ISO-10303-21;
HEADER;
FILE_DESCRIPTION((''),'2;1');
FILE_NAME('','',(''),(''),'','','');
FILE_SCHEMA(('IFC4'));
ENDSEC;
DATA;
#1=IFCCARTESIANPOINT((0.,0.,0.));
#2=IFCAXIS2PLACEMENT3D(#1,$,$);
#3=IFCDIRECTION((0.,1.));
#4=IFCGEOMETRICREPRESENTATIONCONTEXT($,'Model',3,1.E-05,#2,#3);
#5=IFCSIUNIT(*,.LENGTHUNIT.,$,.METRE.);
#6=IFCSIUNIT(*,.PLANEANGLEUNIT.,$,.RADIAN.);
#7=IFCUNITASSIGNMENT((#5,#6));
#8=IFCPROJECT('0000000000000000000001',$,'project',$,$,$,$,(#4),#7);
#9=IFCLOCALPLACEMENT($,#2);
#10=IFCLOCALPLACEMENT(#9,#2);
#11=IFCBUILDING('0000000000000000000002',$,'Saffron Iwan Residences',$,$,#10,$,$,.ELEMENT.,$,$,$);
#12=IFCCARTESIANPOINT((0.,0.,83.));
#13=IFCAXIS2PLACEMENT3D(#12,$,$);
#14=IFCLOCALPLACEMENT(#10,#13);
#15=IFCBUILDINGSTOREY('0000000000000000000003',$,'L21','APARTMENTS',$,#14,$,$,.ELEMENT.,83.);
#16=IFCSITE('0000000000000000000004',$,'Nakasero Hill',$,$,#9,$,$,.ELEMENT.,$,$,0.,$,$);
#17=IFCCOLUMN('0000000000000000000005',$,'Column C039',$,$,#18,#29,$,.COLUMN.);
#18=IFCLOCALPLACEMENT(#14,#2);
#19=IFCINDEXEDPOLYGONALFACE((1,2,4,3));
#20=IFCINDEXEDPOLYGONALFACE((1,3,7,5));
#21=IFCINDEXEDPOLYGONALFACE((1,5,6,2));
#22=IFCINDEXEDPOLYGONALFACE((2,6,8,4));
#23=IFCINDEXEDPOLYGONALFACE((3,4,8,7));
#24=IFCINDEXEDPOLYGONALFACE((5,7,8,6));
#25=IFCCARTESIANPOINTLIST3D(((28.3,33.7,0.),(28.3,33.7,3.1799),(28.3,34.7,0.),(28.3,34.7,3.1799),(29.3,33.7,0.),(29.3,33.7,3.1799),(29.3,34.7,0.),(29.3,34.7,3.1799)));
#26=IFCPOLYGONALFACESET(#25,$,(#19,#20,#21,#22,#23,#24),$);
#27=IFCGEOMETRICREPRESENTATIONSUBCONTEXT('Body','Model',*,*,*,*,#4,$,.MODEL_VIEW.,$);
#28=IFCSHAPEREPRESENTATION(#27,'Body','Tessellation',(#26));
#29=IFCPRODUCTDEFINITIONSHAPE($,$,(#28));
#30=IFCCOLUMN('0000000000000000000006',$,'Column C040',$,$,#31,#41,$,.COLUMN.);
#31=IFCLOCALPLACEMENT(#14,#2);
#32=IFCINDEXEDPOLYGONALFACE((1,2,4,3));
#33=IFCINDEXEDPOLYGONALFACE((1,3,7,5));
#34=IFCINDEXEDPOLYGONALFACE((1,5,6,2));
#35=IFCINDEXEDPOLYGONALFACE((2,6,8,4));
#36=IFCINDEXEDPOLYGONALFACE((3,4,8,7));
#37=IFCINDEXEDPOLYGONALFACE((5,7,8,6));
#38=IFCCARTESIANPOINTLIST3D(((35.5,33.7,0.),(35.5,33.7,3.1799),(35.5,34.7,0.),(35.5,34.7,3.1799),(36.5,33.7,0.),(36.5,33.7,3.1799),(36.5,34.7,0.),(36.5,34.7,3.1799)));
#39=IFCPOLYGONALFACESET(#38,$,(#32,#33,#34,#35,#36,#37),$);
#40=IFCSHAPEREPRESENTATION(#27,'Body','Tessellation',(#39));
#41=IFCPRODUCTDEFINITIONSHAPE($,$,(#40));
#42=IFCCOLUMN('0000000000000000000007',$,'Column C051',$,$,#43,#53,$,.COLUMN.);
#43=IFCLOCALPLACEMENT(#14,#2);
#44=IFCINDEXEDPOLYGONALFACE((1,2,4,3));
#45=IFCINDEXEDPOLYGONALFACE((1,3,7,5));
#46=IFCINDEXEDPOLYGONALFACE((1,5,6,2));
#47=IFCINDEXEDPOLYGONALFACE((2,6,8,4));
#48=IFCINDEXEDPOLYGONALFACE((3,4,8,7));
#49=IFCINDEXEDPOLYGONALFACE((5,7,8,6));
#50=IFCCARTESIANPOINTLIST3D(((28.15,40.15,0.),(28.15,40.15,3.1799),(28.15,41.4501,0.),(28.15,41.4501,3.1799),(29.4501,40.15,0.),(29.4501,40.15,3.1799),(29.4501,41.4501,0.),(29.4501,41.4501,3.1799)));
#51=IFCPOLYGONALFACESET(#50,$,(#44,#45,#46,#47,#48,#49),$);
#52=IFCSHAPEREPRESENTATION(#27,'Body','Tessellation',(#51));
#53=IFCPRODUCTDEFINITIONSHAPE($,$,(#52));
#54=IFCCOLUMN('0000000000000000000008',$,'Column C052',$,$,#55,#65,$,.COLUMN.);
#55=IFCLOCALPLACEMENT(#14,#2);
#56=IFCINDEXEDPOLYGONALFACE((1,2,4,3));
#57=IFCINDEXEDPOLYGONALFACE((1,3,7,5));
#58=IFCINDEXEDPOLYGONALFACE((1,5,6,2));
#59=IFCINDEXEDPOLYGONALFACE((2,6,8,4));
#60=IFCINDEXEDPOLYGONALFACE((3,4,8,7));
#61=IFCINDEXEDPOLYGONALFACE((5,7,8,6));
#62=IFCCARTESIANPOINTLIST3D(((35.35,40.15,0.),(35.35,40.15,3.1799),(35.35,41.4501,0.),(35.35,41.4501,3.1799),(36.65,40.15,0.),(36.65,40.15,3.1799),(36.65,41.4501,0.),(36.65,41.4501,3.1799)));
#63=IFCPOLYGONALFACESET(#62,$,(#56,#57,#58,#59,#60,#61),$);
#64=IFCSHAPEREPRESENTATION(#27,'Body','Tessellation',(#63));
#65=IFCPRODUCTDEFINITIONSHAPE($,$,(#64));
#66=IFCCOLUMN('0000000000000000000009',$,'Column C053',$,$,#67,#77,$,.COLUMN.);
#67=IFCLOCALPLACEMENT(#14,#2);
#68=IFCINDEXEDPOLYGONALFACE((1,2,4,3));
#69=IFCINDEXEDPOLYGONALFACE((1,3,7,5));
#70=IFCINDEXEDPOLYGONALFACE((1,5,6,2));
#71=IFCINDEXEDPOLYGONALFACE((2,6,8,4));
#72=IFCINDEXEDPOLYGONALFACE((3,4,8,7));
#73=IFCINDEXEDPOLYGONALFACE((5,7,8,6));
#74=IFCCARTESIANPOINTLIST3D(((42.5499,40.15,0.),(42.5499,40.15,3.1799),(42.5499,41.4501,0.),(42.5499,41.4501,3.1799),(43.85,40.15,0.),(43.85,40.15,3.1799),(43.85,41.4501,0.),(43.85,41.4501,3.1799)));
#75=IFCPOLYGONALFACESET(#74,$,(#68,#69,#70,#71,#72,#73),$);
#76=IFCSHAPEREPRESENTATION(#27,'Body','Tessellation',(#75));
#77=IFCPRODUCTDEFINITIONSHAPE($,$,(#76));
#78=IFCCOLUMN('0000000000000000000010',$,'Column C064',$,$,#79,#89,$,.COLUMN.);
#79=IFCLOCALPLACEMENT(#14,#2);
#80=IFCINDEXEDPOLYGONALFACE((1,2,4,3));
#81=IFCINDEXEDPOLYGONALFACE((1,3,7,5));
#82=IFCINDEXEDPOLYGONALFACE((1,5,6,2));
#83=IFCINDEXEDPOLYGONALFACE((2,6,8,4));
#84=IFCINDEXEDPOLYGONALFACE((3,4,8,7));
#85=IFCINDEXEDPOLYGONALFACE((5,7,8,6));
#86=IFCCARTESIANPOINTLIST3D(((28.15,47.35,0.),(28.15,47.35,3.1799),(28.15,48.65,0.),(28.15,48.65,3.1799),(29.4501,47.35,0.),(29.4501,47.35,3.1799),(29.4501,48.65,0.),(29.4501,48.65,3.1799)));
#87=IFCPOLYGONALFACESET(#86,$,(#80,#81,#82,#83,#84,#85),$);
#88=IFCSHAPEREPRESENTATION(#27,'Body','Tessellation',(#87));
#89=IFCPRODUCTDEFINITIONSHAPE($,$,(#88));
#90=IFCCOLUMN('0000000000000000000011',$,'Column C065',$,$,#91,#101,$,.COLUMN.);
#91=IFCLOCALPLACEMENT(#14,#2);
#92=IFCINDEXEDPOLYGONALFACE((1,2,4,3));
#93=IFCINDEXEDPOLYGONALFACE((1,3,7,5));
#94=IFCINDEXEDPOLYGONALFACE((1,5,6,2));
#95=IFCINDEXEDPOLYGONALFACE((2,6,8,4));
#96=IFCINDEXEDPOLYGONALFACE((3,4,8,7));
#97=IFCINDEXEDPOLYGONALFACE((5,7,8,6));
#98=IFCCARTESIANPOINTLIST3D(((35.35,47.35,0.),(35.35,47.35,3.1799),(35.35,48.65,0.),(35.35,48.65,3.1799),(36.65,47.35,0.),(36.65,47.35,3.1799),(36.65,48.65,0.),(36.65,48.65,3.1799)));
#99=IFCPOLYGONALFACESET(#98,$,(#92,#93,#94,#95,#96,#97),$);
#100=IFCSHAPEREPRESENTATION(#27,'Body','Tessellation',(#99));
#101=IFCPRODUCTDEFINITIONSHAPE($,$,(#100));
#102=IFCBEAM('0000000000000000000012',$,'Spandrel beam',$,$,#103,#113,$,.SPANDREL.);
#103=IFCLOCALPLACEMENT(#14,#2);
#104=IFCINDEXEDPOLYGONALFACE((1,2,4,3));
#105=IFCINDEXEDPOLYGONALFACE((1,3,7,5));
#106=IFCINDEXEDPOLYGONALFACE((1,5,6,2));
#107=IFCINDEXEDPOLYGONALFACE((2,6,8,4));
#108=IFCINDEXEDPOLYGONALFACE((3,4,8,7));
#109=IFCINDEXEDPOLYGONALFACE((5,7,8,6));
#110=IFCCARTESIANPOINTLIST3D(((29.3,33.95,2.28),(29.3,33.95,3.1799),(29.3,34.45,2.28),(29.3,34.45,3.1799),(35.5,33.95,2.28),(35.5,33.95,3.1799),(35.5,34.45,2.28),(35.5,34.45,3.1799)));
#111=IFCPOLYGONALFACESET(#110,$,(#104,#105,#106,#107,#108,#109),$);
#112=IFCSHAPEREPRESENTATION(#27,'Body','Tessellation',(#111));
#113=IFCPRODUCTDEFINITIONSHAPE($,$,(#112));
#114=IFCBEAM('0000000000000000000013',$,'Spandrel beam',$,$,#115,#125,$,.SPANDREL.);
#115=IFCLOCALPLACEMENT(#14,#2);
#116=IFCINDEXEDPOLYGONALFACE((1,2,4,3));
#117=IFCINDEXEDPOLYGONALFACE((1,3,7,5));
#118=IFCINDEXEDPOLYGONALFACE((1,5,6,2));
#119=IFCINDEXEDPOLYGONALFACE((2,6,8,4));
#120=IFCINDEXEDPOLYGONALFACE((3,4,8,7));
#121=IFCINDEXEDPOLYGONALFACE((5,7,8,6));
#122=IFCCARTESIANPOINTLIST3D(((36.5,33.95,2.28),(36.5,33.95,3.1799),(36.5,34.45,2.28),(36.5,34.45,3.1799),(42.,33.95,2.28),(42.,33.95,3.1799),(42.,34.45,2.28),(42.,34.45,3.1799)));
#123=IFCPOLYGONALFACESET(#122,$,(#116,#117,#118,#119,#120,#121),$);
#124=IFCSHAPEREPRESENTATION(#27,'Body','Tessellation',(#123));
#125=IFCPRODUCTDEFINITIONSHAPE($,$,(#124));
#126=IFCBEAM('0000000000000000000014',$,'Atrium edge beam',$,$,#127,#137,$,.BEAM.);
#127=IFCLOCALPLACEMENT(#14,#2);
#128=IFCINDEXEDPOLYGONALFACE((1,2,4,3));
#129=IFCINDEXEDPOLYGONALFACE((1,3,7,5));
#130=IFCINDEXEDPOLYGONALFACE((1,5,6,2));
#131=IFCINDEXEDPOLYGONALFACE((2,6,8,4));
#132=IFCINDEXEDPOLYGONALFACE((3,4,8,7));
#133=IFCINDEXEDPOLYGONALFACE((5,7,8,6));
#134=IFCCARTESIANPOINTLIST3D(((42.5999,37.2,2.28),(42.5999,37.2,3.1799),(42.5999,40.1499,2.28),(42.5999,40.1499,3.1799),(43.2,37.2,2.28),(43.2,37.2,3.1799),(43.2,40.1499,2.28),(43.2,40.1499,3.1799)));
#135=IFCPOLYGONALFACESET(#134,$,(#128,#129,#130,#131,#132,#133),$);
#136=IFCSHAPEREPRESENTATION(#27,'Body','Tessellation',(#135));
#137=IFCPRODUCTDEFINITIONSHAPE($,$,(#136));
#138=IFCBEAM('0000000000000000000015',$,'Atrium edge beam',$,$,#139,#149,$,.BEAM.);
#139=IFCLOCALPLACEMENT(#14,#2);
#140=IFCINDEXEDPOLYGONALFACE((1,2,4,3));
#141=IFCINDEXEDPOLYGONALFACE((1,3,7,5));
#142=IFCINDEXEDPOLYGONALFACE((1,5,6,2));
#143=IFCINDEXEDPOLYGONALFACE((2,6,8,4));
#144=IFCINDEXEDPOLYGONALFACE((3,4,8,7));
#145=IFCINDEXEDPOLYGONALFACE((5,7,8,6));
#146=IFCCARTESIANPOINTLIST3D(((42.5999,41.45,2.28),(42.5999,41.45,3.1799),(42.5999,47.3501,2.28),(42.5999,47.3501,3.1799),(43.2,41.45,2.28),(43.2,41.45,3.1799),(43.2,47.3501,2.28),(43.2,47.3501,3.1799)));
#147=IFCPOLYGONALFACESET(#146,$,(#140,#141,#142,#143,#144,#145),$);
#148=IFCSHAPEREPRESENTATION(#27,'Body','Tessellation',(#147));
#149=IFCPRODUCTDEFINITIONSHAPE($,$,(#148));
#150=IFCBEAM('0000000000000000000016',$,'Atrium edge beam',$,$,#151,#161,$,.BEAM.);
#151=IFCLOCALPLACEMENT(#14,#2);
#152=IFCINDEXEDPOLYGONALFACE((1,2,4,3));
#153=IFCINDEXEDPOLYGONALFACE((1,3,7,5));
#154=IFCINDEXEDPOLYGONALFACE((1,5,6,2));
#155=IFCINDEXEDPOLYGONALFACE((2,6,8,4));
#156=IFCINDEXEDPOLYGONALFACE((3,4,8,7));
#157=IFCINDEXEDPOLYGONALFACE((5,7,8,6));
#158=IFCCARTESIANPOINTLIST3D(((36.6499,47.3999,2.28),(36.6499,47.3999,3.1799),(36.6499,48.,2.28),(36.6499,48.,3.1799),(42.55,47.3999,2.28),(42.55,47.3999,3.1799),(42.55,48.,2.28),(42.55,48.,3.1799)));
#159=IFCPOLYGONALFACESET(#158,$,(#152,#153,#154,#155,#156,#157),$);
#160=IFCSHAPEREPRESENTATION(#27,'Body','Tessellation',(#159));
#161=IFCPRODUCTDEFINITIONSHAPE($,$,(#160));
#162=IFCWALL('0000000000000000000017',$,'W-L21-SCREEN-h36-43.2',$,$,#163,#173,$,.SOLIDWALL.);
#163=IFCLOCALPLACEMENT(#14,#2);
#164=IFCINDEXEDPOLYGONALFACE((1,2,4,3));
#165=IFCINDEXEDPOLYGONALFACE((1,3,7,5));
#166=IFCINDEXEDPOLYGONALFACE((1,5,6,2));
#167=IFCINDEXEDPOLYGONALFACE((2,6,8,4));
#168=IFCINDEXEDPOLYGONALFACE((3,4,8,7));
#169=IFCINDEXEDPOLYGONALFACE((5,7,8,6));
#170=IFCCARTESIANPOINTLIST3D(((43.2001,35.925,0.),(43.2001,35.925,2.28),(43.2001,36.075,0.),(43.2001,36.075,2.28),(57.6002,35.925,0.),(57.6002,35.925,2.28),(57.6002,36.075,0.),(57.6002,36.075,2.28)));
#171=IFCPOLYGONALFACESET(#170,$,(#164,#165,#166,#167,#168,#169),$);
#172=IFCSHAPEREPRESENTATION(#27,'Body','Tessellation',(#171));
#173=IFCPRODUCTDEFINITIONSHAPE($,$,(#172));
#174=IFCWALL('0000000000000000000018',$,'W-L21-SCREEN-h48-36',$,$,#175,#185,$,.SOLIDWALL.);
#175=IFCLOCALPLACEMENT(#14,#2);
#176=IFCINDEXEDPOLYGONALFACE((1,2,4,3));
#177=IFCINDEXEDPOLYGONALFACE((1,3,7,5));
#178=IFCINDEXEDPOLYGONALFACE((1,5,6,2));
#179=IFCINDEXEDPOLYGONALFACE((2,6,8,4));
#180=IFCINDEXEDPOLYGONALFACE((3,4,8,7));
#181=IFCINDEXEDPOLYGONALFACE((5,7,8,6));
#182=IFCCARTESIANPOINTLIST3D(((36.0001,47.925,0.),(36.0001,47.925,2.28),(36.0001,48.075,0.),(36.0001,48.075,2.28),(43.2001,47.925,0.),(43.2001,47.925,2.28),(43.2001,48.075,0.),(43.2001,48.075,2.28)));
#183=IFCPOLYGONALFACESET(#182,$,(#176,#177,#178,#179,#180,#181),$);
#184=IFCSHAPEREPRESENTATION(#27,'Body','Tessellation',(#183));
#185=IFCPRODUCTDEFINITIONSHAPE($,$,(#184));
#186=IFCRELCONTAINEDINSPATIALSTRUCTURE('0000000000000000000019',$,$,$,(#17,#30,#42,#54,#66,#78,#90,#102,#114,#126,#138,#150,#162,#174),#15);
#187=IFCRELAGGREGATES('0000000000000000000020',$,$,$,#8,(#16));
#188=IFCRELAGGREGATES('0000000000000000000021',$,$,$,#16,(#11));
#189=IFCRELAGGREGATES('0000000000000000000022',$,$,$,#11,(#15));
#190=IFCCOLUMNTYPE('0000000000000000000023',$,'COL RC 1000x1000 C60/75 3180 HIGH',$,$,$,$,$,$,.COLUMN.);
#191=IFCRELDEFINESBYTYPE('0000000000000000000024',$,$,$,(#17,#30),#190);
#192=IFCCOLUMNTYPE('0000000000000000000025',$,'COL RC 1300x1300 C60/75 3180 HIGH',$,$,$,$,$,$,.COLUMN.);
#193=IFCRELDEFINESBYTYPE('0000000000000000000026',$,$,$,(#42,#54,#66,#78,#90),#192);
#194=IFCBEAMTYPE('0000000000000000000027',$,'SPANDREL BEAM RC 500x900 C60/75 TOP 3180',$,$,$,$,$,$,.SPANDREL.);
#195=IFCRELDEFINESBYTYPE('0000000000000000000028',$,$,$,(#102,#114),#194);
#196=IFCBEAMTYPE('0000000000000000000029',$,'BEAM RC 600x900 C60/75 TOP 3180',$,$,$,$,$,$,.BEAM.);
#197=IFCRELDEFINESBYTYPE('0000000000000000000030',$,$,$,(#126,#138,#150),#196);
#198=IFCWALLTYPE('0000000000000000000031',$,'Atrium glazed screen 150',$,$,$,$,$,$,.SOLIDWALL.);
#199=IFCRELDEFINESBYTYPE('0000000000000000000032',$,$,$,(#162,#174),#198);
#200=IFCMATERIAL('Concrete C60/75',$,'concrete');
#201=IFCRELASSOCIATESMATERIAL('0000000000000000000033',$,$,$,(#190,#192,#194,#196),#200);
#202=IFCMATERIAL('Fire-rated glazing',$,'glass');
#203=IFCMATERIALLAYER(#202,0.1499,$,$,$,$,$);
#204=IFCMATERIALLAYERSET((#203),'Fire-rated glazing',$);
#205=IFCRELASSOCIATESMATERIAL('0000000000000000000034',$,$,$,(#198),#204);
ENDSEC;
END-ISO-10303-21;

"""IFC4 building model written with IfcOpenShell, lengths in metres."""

from ifc_helpers import new_model, si_unit, direction, frame, frame_2d, origin, origin_2d, place, context, subcontext, project, spatial, rectangle, extrude, source, transform, mapped, material, layer, layer_set, material_profile, profile_set, type_object, element, save


model = new_model("IFC4")

# Units and contexts
model_context = context("Model", 3, precision=1e-05, world=origin(), true_north=direction((0.0, 1.0)))
body_context = subcontext(model_context, "Body", "Model", "MODEL_VIEW")
ifc_project = project(units=[si_unit("LENGTHUNIT", "METRE"), si_unit("PLANEANGLEUNIT", "RADIAN")], contexts=[model_context])

# Site, building, storey
site_placement = place(None, origin())
site = spatial("IfcSite", under=ifc_project, at=site_placement, Name="Nakasero Hill", CompositionType="ELEMENT", RefElevation=0.0)
building_placement = place(site_placement, origin())
building = spatial("IfcBuilding", under=site, at=building_placement, Name="Saffron Iwan Residences", CompositionType="ELEMENT")
storey_placement = place(building_placement, frame((0.0, 0.0, 83.0)))
storey = spatial("IfcBuildingStorey", under=building, at=storey_placement, Name="L21", Description="APARTMENTS", CompositionType="ELEMENT", Elevation=83.0)

# Columns
ifc_material_1 = material(Name="Concrete C60/75", Category="concrete")
ifc_material_profile_1 = material_profile(ifc_material_1, rectangle(XDim=1.0, YDim=1.0, at=origin_2d()), Name="RC 1000x1000")
ifc_profile_set_1 = profile_set([ifc_material_profile_1], Name="Concrete C60/75")
column_type_1 = type_object("IfcColumnType", Name="COL RC 1000x1000 C60/75 3180 HIGH", PredefinedType="COLUMN", material=ifc_profile_set_1)
shared_shape_1 = source(origin(), body_context, "Body", "SweptSolid", [
    extrude(rectangle(XDim=1.0, YDim=1.0, at=origin_2d()), origin(), (0.0, 0.0, 1.0), 3.1799),
])
for number, where, z_axis, x_axis, name in (
    (1, (28.8, 34.2, 0.0), (0.0, 0.0, 1.0), (1.0, 0.0, 0.0), "Column C039"),
    (2, (36.0, 34.2, 0.0), (0.0, 0.0, 1.0), (1.0, 0.0, 0.0), "Column C040"),
):
    element("IfcColumn", number, at=place(storey_placement, frame(where, z_axis=z_axis, x_axis=x_axis)), inside=storey, type_object=column_type_1, Name=name, PredefinedType="COLUMN", context=body_context, shape_type="MappedRepresentation", body=[
        mapped(shared_shape_1, transform((0.0, 0.0, 0.0))),
    ])
ifc_material_profile_2 = material_profile(ifc_material_1, rectangle(XDim=1.3, YDim=1.3, at=origin_2d()), Name="RC 1300x1300")
ifc_profile_set_2 = profile_set([ifc_material_profile_2], Name="Concrete C60/75")
column_type_2 = type_object("IfcColumnType", Name="COL RC 1300x1300 C60/75 3180 HIGH", PredefinedType="COLUMN", material=ifc_profile_set_2)
shared_shape_2 = source(origin(), body_context, "Body", "SweptSolid", [
    extrude(rectangle(XDim=1.3, YDim=1.3, at=origin_2d()), origin(), (0.0, 0.0, 1.0), 3.1799),
])
for number, where, z_axis, x_axis, name in (
    (3, (28.8, 40.8, 0.0), (0.0, 0.0, 1.0), (1.0, 0.0, 0.0), "Column C051"),
    (4, (36.0, 40.8, 0.0), (0.0, 0.0, 1.0), (1.0, 0.0, 0.0), "Column C052"),
    (5, (43.2, 40.8, 0.0), (0.0, 0.0, 1.0), (1.0, 0.0, 0.0), "Column C053"),
    (6, (28.8, 48.0, 0.0), (0.0, 0.0, 1.0), (1.0, 0.0, 0.0), "Column C064"),
    (7, (36.0, 48.0, 0.0), (0.0, 0.0, 1.0), (1.0, 0.0, 0.0), "Column C065"),
):
    element("IfcColumn", number, at=place(storey_placement, frame(where, z_axis=z_axis, x_axis=x_axis)), inside=storey, type_object=column_type_2, Name=name, PredefinedType="COLUMN", context=body_context, shape_type="MappedRepresentation", body=[
        mapped(shared_shape_2, transform((0.0, 0.0, 0.0))),
    ])

# Beams
ifc_material_profile_3 = material_profile(ifc_material_1, rectangle(XDim=0.5, YDim=0.8999, at=origin_2d()), Name="RC 500x900")
ifc_profile_set_3 = profile_set([ifc_material_profile_3], Name="Concrete C60/75")
beam_type_1 = type_object("IfcBeamType", Name="SPANDREL BEAM RC 500x900 C60/75 TOP 3180", PredefinedType="SPANDREL", material=ifc_profile_set_3)
shared_shape_3 = source(origin(), body_context, "Body", "SweptSolid", [
    extrude(rectangle(XDim=0.5, YDim=0.8999, at=origin_2d()), origin(), (0.0, 0.0, 1.0), 6.2),
])
beam_1_placement = place(storey_placement, frame((35.5, 34.2, 2.73), z_axis=(-1.0, 0.0, 0.0), x_axis=(0.0, -1.0, 0.0)))
element("IfcBeam", 8, at=beam_1_placement, inside=storey, type_object=beam_type_1, Name="Spandrel beam", PredefinedType="SPANDREL", context=body_context, shape_type="MappedRepresentation", body=[
    mapped(shared_shape_3, transform((0.0, 0.0, 0.0))),
])
shared_shape_4 = source(origin(), body_context, "Body", "SweptSolid", [
    extrude(rectangle(XDim=0.5, YDim=0.8999, at=origin_2d()), origin(), (0.0, 0.0, 1.0), 5.5),
])
beam_2_placement = place(storey_placement, frame((42.0, 34.2, 2.73), z_axis=(-1.0, 0.0, 0.0), x_axis=(0.0, -1.0, 0.0)))
element("IfcBeam", 9, at=beam_2_placement, inside=storey, type_object=beam_type_1, Name="Spandrel beam", PredefinedType="SPANDREL", context=body_context, shape_type="MappedRepresentation", body=[
    mapped(shared_shape_4, transform((0.0, 0.0, 0.0))),
])
ifc_material_profile_4 = material_profile(ifc_material_1, rectangle(XDim=0.6001, YDim=0.8999, at=origin_2d()), Name="RC 600x900")
ifc_profile_set_4 = profile_set([ifc_material_profile_4], Name="Concrete C60/75")
beam_type_2 = type_object("IfcBeamType", Name="BEAM RC 600x900 C60/75 TOP 3180", PredefinedType="BEAM", material=ifc_profile_set_4)
shared_shape_5 = source(origin(), body_context, "Body", "SweptSolid", [
    extrude(rectangle(XDim=0.6001, YDim=0.8999, at=origin_2d()), origin(), (0.0, 0.0, 1.0), 2.95),
])
beam_3_placement = place(storey_placement, frame((42.8999, 37.2, 2.73), z_axis=(0.0, 1.0, 0.0), x_axis=(-1.0, 0.0, 0.0)))
element("IfcBeam", 10, at=beam_3_placement, inside=storey, type_object=beam_type_2, Name="Atrium edge beam", PredefinedType="BEAM", context=body_context, shape_type="MappedRepresentation", body=[
    mapped(shared_shape_5, transform((0.0, 0.0, 0.0))),
])
shared_shape_6 = source(origin(), body_context, "Body", "SweptSolid", [
    extrude(rectangle(XDim=0.6001, YDim=0.8999, at=origin_2d()), origin(), (0.0, 0.0, 1.0), 5.9001),
])
for number, where, z_axis, x_axis, name in (
    (11, (42.8999, 41.45, 2.73), (0.0, 1.0, 0.0), (-1.0, 0.0, 0.0), "Atrium edge beam"),
    (12, (42.55, 47.7, 2.73), (-1.0, 0.0, 0.0), (0.0, -1.0, 0.0), "Atrium edge beam"),
):
    element("IfcBeam", number, at=place(storey_placement, frame(where, z_axis=z_axis, x_axis=x_axis)), inside=storey, type_object=beam_type_2, Name=name, PredefinedType="BEAM", context=body_context, shape_type="MappedRepresentation", body=[
        mapped(shared_shape_6, transform((0.0, 0.0, 0.0))),
    ])

# Walls
ifc_material_2 = material(Name="Fire-rated glazing", Category="glass")
ifc_layer_1 = layer(ifc_material_2, 0.1499)
ifc_layer_set_1 = layer_set([ifc_layer_1], Name="Fire-rated glazing")
wall_type_1 = type_object("IfcWallType", Name="Atrium glazed screen 150", PredefinedType="SOLIDWALL", material=ifc_layer_set_1)
wall_1_placement = place(storey_placement, frame((43.2, 36.0, 0.0), z_axis=(0.0, 0.0, 1.0), x_axis=(1.0, 0.0, 0.0)))
element("IfcWall", 13, at=wall_1_placement, inside=storey, type_object=wall_type_1, Name="W-L21-SCREEN-h36-43.2", PredefinedType="SOLIDWALL", context=body_context, shape_type="SweptSolid", body=[
    extrude(rectangle(XDim=14.4001, YDim=0.1499, at=frame_2d((7.2002, 0.0))), origin(), (0.0, 0.0, 1.0), 2.28),
])
wall_2_placement = place(storey_placement, frame((36.0, 48.0, 0.0), z_axis=(0.0, 0.0, 1.0), x_axis=(1.0, 0.0, 0.0)))
element("IfcWall", 14, at=wall_2_placement, inside=storey, type_object=wall_type_1, Name="W-L21-SCREEN-h48-36", PredefinedType="SOLIDWALL", context=body_context, shape_type="SweptSolid", body=[
    extrude(rectangle(XDim=7.2, YDim=0.1499, at=frame_2d((3.6001, 0.0))), origin(), (0.0, 0.0, 1.0), 2.28),
])

save(model, "model.ifc")
